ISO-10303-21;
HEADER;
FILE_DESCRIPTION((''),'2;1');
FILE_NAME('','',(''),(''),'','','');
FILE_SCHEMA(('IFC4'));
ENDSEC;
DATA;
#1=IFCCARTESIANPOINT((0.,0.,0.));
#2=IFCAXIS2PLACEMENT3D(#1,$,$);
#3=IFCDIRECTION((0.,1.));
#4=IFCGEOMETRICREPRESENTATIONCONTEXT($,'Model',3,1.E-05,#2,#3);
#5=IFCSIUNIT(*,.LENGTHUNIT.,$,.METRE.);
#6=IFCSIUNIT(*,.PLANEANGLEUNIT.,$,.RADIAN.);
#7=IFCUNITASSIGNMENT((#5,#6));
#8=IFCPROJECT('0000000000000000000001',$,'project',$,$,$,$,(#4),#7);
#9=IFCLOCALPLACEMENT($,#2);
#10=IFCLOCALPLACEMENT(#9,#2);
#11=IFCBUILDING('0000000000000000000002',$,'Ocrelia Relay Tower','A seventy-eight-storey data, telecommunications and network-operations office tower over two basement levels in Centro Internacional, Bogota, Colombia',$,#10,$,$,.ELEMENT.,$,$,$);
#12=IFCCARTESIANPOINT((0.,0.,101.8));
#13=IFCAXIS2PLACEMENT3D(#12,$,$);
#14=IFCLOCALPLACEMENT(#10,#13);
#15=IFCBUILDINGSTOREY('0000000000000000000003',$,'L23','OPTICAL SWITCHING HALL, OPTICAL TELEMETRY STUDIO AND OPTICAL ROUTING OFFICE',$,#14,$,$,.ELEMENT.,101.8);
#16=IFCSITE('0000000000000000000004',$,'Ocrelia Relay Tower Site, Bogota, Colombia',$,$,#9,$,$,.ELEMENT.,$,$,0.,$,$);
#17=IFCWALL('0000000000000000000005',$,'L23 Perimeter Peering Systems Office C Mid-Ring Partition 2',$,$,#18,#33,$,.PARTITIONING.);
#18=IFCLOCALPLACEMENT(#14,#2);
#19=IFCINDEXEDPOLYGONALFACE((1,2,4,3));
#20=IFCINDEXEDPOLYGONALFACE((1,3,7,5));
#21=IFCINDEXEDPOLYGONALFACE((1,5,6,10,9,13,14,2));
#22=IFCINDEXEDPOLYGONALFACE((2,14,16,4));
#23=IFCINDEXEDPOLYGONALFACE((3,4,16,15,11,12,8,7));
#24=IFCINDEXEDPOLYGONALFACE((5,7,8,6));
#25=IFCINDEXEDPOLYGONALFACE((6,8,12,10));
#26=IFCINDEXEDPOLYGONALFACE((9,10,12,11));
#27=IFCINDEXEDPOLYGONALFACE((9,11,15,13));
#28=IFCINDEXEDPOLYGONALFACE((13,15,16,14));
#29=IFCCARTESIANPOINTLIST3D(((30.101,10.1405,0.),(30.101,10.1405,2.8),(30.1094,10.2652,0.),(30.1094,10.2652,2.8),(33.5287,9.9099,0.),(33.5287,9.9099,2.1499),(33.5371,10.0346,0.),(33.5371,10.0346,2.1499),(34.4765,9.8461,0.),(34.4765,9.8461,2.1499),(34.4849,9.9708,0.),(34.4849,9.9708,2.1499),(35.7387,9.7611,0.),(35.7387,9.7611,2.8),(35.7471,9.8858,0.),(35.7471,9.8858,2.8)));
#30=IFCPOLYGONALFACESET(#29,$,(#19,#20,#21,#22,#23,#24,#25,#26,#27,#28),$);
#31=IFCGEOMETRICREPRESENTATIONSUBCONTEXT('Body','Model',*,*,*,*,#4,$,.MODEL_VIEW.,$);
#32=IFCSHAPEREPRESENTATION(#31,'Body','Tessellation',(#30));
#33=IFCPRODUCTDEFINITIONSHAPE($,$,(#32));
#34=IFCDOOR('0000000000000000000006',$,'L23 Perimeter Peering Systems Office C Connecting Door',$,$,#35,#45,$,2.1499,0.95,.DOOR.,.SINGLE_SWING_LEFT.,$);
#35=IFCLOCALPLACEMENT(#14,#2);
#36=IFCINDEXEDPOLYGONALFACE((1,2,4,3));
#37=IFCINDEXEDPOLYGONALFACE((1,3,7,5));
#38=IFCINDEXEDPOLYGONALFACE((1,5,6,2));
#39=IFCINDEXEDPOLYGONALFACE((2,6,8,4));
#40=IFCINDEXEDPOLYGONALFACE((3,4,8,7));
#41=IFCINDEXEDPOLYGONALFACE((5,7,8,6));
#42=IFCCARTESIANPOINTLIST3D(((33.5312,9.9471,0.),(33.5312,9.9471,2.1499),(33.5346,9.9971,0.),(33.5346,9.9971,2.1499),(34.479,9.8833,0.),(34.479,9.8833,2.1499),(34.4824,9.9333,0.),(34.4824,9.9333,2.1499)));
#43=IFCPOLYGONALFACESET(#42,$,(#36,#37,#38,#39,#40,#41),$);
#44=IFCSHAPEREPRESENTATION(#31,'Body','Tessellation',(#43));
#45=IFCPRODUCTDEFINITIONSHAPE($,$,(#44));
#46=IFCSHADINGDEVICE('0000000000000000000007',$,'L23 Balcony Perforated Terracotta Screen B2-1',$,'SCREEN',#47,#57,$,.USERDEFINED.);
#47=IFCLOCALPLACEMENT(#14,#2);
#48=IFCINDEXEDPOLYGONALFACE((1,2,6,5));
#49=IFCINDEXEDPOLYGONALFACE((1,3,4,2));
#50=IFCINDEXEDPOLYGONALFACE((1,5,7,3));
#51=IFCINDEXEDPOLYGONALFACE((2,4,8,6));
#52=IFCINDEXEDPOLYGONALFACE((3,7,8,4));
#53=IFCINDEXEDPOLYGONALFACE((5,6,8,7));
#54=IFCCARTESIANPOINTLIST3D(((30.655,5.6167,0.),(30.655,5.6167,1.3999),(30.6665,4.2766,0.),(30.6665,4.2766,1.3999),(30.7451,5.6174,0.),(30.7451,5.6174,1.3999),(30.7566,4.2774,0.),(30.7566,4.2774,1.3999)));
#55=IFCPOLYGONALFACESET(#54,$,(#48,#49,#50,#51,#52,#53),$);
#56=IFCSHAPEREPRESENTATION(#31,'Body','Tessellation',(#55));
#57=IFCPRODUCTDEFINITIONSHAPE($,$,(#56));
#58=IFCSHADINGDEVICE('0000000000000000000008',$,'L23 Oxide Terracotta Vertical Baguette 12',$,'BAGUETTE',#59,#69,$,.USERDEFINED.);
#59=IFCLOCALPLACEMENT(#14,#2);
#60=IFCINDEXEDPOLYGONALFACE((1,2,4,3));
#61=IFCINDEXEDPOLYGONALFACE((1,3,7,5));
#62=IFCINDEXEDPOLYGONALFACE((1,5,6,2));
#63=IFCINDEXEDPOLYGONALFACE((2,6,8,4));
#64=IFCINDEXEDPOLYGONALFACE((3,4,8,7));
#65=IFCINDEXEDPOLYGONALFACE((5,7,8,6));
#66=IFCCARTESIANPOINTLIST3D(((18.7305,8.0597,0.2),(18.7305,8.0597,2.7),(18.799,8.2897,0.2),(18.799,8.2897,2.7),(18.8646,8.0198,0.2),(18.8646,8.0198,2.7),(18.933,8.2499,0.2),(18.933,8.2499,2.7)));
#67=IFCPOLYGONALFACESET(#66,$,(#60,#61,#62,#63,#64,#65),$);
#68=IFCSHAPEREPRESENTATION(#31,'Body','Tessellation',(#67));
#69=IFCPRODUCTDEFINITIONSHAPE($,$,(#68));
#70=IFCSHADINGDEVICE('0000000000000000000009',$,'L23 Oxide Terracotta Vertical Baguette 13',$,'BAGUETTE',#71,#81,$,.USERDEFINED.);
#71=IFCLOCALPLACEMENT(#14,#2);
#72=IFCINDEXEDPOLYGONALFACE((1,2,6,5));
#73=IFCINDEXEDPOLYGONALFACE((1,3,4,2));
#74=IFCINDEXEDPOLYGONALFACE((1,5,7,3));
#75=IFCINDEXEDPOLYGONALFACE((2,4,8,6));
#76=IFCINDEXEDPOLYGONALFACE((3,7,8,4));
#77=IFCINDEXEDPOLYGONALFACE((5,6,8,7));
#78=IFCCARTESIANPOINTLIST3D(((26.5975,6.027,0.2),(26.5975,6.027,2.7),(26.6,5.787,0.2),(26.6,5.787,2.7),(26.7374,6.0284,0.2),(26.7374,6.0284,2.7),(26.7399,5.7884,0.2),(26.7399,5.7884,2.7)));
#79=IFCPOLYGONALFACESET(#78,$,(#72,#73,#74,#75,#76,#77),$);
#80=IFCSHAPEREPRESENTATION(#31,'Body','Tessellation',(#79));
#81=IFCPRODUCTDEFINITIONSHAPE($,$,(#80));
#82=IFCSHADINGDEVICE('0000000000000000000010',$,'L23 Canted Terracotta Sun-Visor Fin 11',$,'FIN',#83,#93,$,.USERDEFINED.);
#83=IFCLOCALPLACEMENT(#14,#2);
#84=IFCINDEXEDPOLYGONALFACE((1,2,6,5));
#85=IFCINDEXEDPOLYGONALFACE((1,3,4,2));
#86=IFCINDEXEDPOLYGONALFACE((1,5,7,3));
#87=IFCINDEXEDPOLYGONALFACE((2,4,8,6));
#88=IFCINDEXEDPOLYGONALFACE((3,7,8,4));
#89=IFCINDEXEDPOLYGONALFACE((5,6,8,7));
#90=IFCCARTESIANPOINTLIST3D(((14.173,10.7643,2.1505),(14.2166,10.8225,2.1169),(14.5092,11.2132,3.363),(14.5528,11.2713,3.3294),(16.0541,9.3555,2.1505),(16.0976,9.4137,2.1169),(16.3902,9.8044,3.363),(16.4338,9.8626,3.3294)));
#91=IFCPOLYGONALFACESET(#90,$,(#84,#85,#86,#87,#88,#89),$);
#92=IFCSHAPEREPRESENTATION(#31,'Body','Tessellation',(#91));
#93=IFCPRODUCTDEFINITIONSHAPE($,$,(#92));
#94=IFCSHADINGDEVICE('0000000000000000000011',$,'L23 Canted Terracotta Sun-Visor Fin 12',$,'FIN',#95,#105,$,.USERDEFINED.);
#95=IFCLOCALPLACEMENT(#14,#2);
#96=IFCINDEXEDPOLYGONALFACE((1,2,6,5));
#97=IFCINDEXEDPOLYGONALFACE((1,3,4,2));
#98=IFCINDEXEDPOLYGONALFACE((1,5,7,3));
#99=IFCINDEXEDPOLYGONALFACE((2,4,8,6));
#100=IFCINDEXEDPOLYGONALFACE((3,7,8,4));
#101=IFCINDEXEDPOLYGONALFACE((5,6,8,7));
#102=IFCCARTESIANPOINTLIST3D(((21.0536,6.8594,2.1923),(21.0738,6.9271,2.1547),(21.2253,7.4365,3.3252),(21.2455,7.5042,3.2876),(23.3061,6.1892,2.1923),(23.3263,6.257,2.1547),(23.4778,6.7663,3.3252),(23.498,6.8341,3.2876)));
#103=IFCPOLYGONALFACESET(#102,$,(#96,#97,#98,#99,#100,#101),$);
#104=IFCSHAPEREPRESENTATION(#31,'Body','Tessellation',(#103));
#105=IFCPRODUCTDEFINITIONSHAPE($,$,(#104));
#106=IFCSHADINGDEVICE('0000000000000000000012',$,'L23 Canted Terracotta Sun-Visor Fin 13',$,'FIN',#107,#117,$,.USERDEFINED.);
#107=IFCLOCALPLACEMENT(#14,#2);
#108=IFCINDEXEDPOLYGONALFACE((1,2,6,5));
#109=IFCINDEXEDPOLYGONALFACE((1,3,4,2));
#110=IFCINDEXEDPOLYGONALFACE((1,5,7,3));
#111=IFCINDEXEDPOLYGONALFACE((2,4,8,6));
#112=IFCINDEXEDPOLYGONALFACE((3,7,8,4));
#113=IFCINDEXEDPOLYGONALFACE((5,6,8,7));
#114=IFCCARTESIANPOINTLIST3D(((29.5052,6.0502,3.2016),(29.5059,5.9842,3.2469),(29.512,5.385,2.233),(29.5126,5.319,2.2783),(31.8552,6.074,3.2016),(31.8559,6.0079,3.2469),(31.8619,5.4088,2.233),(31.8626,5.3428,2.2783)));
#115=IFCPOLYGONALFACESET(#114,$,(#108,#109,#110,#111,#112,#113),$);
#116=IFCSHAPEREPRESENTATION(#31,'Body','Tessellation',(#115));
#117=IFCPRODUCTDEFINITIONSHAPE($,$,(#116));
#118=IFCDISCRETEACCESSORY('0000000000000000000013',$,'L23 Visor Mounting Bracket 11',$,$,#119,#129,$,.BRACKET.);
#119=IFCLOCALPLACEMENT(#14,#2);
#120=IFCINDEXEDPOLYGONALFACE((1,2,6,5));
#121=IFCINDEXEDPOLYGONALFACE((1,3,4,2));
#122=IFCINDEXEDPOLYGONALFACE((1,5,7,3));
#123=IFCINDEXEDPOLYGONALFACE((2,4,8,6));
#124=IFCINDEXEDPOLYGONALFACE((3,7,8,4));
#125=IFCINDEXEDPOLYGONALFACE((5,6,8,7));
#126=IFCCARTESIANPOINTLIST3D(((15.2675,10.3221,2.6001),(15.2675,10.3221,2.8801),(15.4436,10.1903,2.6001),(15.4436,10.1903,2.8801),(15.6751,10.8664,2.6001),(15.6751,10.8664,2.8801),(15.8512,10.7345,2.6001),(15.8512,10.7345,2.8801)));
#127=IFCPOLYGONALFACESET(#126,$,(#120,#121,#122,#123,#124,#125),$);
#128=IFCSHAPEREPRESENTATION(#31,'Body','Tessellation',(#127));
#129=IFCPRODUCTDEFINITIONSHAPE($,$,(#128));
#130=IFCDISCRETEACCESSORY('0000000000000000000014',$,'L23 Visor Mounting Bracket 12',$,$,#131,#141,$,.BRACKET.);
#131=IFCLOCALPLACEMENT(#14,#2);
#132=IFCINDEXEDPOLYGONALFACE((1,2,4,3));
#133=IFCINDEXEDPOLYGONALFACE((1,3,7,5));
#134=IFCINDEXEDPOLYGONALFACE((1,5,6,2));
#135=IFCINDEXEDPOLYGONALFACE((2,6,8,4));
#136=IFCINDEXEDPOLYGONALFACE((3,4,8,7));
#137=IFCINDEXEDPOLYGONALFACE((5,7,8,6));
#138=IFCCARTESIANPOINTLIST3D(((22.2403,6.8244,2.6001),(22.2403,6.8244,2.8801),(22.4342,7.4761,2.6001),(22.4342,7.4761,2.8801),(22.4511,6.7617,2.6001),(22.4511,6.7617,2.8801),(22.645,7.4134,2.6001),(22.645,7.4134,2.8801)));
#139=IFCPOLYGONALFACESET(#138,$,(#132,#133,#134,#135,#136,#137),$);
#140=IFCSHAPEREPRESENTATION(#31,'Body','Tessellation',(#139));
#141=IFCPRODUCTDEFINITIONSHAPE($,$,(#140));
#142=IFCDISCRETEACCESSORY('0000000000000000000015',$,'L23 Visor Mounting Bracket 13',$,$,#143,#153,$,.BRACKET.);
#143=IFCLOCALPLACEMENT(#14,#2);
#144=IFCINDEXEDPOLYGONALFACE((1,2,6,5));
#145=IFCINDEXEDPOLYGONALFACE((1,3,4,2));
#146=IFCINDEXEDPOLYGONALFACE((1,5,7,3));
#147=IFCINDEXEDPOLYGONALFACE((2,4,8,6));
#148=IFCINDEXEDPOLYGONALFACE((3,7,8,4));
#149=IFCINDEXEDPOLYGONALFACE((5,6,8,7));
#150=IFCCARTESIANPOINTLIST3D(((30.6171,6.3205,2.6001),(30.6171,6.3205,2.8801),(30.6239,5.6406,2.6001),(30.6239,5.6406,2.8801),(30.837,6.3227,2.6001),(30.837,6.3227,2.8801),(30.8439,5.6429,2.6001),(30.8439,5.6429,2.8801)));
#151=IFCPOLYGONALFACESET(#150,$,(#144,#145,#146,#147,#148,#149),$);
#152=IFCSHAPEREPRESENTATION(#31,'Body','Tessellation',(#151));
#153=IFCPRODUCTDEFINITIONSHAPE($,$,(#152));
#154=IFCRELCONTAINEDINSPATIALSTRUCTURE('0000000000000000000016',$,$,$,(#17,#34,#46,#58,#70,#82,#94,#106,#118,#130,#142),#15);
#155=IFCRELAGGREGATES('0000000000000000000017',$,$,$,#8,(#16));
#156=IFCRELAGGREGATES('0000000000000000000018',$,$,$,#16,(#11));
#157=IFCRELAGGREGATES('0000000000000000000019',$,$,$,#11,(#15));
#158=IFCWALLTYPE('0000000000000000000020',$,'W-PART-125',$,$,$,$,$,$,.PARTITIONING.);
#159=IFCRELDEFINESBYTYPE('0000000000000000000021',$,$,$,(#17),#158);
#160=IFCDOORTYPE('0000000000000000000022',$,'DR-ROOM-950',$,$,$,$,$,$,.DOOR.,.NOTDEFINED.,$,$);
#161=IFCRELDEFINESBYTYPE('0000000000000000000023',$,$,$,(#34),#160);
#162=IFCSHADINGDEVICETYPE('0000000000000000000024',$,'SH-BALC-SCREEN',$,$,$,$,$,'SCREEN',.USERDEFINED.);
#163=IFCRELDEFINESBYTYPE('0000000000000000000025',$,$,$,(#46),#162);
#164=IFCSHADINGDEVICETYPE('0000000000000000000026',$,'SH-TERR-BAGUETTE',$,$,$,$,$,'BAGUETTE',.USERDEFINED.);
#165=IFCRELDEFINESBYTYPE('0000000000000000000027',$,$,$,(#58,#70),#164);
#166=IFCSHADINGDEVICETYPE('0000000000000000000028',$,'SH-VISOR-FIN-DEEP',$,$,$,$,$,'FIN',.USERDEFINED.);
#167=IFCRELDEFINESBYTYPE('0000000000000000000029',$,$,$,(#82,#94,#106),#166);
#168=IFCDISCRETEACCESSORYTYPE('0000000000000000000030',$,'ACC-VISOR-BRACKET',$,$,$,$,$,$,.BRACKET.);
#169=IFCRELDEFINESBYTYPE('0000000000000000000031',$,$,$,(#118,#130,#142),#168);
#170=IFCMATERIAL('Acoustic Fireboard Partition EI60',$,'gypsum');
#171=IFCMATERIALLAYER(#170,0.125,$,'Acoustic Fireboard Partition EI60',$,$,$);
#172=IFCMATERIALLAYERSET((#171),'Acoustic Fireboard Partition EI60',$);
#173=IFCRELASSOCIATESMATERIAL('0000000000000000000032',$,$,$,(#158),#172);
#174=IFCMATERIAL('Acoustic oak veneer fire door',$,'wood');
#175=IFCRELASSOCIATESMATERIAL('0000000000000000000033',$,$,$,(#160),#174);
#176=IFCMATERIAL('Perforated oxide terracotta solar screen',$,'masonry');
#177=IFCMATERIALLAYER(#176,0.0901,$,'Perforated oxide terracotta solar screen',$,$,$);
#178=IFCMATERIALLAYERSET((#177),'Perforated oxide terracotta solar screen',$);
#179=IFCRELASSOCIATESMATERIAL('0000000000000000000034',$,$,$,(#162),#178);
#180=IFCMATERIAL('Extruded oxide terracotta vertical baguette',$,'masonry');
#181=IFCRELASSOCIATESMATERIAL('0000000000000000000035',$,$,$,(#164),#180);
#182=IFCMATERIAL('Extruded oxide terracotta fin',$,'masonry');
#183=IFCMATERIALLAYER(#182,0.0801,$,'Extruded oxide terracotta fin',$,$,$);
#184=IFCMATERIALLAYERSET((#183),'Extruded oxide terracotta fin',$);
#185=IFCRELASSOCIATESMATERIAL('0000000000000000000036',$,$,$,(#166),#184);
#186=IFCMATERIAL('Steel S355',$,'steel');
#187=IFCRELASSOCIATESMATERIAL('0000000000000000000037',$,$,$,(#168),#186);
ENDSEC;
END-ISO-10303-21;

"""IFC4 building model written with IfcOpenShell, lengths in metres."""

from ifc_helpers import new_model, si_unit, direction, frame, frame_2d, origin, origin_2d, place, context, subcontext, project, spatial, rectangle, extrude, material, layer, layer_set, type_object, element, fill, save


model = new_model("IFC4")

# Units and contexts
model_context = context("Model", 3, precision=1e-05, world=origin(), true_north=direction((0.0, 1.0)))
body_context = subcontext(model_context, "Body", "Model", "MODEL_VIEW")
ifc_project = project(units=[si_unit("LENGTHUNIT", "METRE"), si_unit("PLANEANGLEUNIT", "RADIAN")], contexts=[model_context])

# Site, building, storey
site_placement = place(None, origin())
site = spatial("IfcSite", under=ifc_project, at=site_placement, Name="Ocrelia Relay Tower Site, Bogota, Colombia", CompositionType="ELEMENT", RefElevation=0.0)
building_placement = place(site_placement, origin())
building = spatial("IfcBuilding", under=site, at=building_placement, Name="Ocrelia Relay Tower", Description="A seventy-eight-storey data, telecommunications and network-operations office tower over two basement levels in Centro Internacional, Bogota, Colombia", CompositionType="ELEMENT")
storey_placement = place(building_placement, frame((0.0, 0.0, 101.8)))
storey = spatial("IfcBuildingStorey", under=building, at=storey_placement, Name="L23", Description="OPTICAL SWITCHING HALL, OPTICAL TELEMETRY STUDIO AND OPTICAL ROUTING OFFICE", CompositionType="ELEMENT", Elevation=101.8)

# Shared definitions
ifc_material_1 = material(Name="Steel S355", Category="steel")

# Shared definitions
ifc_material_2 = material(Name="Acoustic oak veneer fire door", Category="wood")

# Wall, opening, door
ifc_material_3 = material(Name="Acoustic Fireboard Partition EI60", Category="gypsum")
ifc_layer_1 = layer(ifc_material_3, 0.125, Name="Acoustic Fireboard Partition EI60")
ifc_layer_set_1 = layer_set([ifc_layer_1], Name="Acoustic Fireboard Partition EI60")
wall_type_1 = type_object("IfcWallType", Name="W-PART-125", PredefinedType="PARTITIONING", material=ifc_layer_set_1)
wall_1_placement = place(storey_placement, frame((30.1052, 10.2029, 0.0), z_axis=(0.0, 0.0, 1.0), x_axis=(0.997743, -0.067144, 0.0)))
wall_1 = element("IfcWall", 1, at=wall_1_placement, inside=storey, type_object=wall_type_1, Name="L23 Perimeter Peering Systems Office C Mid-Ring Partition 2", PredefinedType="PARTITIONING", context=body_context, shape_type="SweptSolid", body=[
    extrude(rectangle(XDim=5.6504, YDim=0.125, at=frame_2d((2.8252, 0.0))), origin(), (0.0, 0.0, 1.0), 2.8),
])
opening_1_placement = place(wall_1_placement, frame((3.4353, 0.0, 0.0)))
opening_1 = element("IfcOpeningElement", 2, at=opening_1_placement, cuts=wall_1, PredefinedType="OPENING", context=body_context, shape_type="SweptSolid", body=[
    extrude(rectangle(XDim=0.95, YDim=2.1499, at=frame_2d((0.4751, 1.075))), frame((0.0, 0.0725, 0.0), z_axis=(0.0, -1.0, 0.0), x_axis=(1.0, 0.0, 0.0)), (0.0, 0.0, 1.0), 0.145),
])
door_type_1 = type_object("IfcDoorType", Name="DR-ROOM-950", OperationType="NOTDEFINED", PredefinedType="DOOR", material=ifc_material_2)
door_1_placement = place(opening_1_placement, origin())
door_1 = element("IfcDoor", 3, at=door_1_placement, inside=storey, type_object=door_type_1, Name="L23 Perimeter Peering Systems Office C Connecting Door", OperationType="SINGLE_SWING_LEFT", OverallHeight=2.1499, OverallWidth=0.95, PredefinedType="DOOR", context=body_context, shape_type="SweptSolid", body=[
    extrude(rectangle(XDim=0.95, YDim=2.1499, at=frame_2d((0.4751, 1.075))), frame((0.0, 0.0249, 0.0), z_axis=(0.0, -1.0, 0.0), x_axis=(1.0, 0.0, 0.0)), (0.0, 0.0, 1.0), 0.05),
])
fill(opening_1, door_1)

# Shading devices
ifc_material_4 = material(Name="Perforated oxide terracotta solar screen", Category="masonry")
ifc_layer_2 = layer(ifc_material_4, 0.0901, Name="Perforated oxide terracotta solar screen")
ifc_layer_set_2 = layer_set([ifc_layer_2], Name="Perforated oxide terracotta solar screen")
shading_device_type_1 = type_object("IfcShadingDeviceType", Name="SH-BALC-SCREEN", ElementType="SCREEN", PredefinedType="USERDEFINED", material=ifc_layer_set_2)
shading_device_1_placement = place(storey_placement, frame((30.7058, 4.947, 0.0), z_axis=(0.0, 0.0, 1.0), x_axis=(0.008612, -0.999963, 0.0)))
element("IfcShadingDevice", 4, at=shading_device_1_placement, inside=storey, type_object=shading_device_type_1, Name="L23 Balcony Perforated Terracotta Screen B2-1", ObjectType="SCREEN", PredefinedType="USERDEFINED", context=body_context, shape_type="SweptSolid", body=[
    extrude(rectangle(XDim=1.3401, YDim=0.0901, at=origin_2d()), origin(), (0.0, 0.0, 1.0), 1.3999),
])
ifc_material_5 = material(Name="Extruded oxide terracotta vertical baguette", Category="masonry")
shading_device_type_2 = type_object("IfcShadingDeviceType", Name="SH-TERR-BAGUETTE", ElementType="BAGUETTE", PredefinedType="USERDEFINED", material=ifc_material_5)
for number, where, z_axis, x_axis, name in (
    (5, (18.8318, 8.1548, 0.2), (0.0, 0.0, 1.0), (0.95848, -0.28516, 0.0), "L23 Oxide Terracotta Vertical Baguette 12"),
    (6, (26.6687, 5.9077, 0.2), (0.0, 0.0, 1.0), (0.999949, 0.0101, 0.0), "L23 Oxide Terracotta Vertical Baguette 13"),
):
    element("IfcShadingDevice", number, at=place(storey_placement, frame(where, z_axis=z_axis, x_axis=x_axis)), inside=storey, type_object=shading_device_type_2, Name=name, ObjectType="BAGUETTE", PredefinedType="USERDEFINED", context=body_context, shape_type="SweptSolid", body=[
        extrude(rectangle(XDim=0.1399, YDim=0.24, at=origin_2d()), origin(), (0.0, 0.0, 1.0), 2.5),
    ])
ifc_material_6 = material(Name="Extruded oxide terracotta fin", Category="masonry")
ifc_layer_3 = layer(ifc_material_6, 0.0801, Name="Extruded oxide terracotta fin")
ifc_layer_set_3 = layer_set([ifc_layer_3], Name="Extruded oxide terracotta fin")
shading_device_type_3 = type_object("IfcShadingDeviceType", Name="SH-VISOR-FIN-DEEP", ElementType="FIN", PredefinedType="USERDEFINED", material=ifc_layer_set_3)
shading_device_2_placement = place(storey_placement, frame((15.3252, 10.3425, 2.7231), z_axis=(-0.544077, -0.726481, 0.419769), x_axis=(0.800414, -0.599447, 0.0)))
element("IfcShadingDevice", 7, at=shading_device_2_placement, inside=storey, type_object=shading_device_type_3, Name="L23 Canted Terracotta Sun-Visor Fin 11", ObjectType="FIN", PredefinedType="USERDEFINED", context=body_context, shape_type="SweptSolid", body=[
    extrude(rectangle(XDim=2.3501, YDim=1.3359, at=origin_2d()), origin(), (0.0, 0.0, 1.0), 0.0801),
])
shading_device_3_placement = place(storey_placement, frame((22.2859, 6.8806, 2.7212), z_axis=(-0.251805, -0.846366, 0.469317), x_axis=(0.95848, -0.28516, 0.0)))
element("IfcShadingDevice", 8, at=shading_device_3_placement, inside=storey, type_object=shading_device_type_3, Name="L23 Canted Terracotta Sun-Visor Fin 12", ObjectType="FIN", PredefinedType="USERDEFINED", context=body_context, shape_type="SweptSolid", body=[
    extrude(rectangle(XDim=2.3501, YDim=1.283, at=origin_2d()), origin(), (0.0, 0.0, 1.0), 0.0801),
])
shading_device_4_placement = place(storey_placement, frame((30.6836, 5.7295, 2.7173), z_axis=(0.008326, -0.824282, 0.566119), x_axis=(0.999949, 0.0101, 0.0)))
element("IfcShadingDevice", 9, at=shading_device_4_placement, inside=storey, type_object=shading_device_type_3, Name="L23 Canted Terracotta Sun-Visor Fin 13", ObjectType="FIN", PredefinedType="USERDEFINED", context=body_context, shape_type="SweptSolid", body=[
    extrude(rectangle(XDim=2.3501, YDim=1.175, at=origin_2d()), origin(), (0.0, 0.0, 1.0), 0.0801),
])

# Discrete accessories
discrete_accessory_type = type_object("IfcDiscreteAccessoryType", Name="ACC-VISOR-BRACKET", PredefinedType="BRACKET", material=ifc_material_1)
for number, where, z_axis, x_axis, name in (
    (10, (15.5593, 10.5283, 2.6001), (0.0, 0.0, 1.0), (0.800414, -0.599447, 0.0), "L23 Visor Mounting Bracket 11"),
    (11, (22.4426, 7.1189, 2.6001), (0.0, 0.0, 1.0), (0.95848, -0.28516, 0.0), "L23 Visor Mounting Bracket 12"),
    (12, (30.7305, 5.9817, 2.6001), (0.0, 0.0, 1.0), (0.999949, 0.0101, 0.0), "L23 Visor Mounting Bracket 13"),
):
    element("IfcDiscreteAccessory", number, at=place(storey_placement, frame(where, z_axis=z_axis, x_axis=x_axis)), inside=storey, type_object=discrete_accessory_type, Name=name, PredefinedType="BRACKET", context=body_context, shape_type="SweptSolid", body=[
        extrude(rectangle(XDim=0.22, YDim=0.6799, at=origin_2d()), origin(), (0.0, 0.0, 1.0), 0.28),
    ])

save(model, "model.ifc")
